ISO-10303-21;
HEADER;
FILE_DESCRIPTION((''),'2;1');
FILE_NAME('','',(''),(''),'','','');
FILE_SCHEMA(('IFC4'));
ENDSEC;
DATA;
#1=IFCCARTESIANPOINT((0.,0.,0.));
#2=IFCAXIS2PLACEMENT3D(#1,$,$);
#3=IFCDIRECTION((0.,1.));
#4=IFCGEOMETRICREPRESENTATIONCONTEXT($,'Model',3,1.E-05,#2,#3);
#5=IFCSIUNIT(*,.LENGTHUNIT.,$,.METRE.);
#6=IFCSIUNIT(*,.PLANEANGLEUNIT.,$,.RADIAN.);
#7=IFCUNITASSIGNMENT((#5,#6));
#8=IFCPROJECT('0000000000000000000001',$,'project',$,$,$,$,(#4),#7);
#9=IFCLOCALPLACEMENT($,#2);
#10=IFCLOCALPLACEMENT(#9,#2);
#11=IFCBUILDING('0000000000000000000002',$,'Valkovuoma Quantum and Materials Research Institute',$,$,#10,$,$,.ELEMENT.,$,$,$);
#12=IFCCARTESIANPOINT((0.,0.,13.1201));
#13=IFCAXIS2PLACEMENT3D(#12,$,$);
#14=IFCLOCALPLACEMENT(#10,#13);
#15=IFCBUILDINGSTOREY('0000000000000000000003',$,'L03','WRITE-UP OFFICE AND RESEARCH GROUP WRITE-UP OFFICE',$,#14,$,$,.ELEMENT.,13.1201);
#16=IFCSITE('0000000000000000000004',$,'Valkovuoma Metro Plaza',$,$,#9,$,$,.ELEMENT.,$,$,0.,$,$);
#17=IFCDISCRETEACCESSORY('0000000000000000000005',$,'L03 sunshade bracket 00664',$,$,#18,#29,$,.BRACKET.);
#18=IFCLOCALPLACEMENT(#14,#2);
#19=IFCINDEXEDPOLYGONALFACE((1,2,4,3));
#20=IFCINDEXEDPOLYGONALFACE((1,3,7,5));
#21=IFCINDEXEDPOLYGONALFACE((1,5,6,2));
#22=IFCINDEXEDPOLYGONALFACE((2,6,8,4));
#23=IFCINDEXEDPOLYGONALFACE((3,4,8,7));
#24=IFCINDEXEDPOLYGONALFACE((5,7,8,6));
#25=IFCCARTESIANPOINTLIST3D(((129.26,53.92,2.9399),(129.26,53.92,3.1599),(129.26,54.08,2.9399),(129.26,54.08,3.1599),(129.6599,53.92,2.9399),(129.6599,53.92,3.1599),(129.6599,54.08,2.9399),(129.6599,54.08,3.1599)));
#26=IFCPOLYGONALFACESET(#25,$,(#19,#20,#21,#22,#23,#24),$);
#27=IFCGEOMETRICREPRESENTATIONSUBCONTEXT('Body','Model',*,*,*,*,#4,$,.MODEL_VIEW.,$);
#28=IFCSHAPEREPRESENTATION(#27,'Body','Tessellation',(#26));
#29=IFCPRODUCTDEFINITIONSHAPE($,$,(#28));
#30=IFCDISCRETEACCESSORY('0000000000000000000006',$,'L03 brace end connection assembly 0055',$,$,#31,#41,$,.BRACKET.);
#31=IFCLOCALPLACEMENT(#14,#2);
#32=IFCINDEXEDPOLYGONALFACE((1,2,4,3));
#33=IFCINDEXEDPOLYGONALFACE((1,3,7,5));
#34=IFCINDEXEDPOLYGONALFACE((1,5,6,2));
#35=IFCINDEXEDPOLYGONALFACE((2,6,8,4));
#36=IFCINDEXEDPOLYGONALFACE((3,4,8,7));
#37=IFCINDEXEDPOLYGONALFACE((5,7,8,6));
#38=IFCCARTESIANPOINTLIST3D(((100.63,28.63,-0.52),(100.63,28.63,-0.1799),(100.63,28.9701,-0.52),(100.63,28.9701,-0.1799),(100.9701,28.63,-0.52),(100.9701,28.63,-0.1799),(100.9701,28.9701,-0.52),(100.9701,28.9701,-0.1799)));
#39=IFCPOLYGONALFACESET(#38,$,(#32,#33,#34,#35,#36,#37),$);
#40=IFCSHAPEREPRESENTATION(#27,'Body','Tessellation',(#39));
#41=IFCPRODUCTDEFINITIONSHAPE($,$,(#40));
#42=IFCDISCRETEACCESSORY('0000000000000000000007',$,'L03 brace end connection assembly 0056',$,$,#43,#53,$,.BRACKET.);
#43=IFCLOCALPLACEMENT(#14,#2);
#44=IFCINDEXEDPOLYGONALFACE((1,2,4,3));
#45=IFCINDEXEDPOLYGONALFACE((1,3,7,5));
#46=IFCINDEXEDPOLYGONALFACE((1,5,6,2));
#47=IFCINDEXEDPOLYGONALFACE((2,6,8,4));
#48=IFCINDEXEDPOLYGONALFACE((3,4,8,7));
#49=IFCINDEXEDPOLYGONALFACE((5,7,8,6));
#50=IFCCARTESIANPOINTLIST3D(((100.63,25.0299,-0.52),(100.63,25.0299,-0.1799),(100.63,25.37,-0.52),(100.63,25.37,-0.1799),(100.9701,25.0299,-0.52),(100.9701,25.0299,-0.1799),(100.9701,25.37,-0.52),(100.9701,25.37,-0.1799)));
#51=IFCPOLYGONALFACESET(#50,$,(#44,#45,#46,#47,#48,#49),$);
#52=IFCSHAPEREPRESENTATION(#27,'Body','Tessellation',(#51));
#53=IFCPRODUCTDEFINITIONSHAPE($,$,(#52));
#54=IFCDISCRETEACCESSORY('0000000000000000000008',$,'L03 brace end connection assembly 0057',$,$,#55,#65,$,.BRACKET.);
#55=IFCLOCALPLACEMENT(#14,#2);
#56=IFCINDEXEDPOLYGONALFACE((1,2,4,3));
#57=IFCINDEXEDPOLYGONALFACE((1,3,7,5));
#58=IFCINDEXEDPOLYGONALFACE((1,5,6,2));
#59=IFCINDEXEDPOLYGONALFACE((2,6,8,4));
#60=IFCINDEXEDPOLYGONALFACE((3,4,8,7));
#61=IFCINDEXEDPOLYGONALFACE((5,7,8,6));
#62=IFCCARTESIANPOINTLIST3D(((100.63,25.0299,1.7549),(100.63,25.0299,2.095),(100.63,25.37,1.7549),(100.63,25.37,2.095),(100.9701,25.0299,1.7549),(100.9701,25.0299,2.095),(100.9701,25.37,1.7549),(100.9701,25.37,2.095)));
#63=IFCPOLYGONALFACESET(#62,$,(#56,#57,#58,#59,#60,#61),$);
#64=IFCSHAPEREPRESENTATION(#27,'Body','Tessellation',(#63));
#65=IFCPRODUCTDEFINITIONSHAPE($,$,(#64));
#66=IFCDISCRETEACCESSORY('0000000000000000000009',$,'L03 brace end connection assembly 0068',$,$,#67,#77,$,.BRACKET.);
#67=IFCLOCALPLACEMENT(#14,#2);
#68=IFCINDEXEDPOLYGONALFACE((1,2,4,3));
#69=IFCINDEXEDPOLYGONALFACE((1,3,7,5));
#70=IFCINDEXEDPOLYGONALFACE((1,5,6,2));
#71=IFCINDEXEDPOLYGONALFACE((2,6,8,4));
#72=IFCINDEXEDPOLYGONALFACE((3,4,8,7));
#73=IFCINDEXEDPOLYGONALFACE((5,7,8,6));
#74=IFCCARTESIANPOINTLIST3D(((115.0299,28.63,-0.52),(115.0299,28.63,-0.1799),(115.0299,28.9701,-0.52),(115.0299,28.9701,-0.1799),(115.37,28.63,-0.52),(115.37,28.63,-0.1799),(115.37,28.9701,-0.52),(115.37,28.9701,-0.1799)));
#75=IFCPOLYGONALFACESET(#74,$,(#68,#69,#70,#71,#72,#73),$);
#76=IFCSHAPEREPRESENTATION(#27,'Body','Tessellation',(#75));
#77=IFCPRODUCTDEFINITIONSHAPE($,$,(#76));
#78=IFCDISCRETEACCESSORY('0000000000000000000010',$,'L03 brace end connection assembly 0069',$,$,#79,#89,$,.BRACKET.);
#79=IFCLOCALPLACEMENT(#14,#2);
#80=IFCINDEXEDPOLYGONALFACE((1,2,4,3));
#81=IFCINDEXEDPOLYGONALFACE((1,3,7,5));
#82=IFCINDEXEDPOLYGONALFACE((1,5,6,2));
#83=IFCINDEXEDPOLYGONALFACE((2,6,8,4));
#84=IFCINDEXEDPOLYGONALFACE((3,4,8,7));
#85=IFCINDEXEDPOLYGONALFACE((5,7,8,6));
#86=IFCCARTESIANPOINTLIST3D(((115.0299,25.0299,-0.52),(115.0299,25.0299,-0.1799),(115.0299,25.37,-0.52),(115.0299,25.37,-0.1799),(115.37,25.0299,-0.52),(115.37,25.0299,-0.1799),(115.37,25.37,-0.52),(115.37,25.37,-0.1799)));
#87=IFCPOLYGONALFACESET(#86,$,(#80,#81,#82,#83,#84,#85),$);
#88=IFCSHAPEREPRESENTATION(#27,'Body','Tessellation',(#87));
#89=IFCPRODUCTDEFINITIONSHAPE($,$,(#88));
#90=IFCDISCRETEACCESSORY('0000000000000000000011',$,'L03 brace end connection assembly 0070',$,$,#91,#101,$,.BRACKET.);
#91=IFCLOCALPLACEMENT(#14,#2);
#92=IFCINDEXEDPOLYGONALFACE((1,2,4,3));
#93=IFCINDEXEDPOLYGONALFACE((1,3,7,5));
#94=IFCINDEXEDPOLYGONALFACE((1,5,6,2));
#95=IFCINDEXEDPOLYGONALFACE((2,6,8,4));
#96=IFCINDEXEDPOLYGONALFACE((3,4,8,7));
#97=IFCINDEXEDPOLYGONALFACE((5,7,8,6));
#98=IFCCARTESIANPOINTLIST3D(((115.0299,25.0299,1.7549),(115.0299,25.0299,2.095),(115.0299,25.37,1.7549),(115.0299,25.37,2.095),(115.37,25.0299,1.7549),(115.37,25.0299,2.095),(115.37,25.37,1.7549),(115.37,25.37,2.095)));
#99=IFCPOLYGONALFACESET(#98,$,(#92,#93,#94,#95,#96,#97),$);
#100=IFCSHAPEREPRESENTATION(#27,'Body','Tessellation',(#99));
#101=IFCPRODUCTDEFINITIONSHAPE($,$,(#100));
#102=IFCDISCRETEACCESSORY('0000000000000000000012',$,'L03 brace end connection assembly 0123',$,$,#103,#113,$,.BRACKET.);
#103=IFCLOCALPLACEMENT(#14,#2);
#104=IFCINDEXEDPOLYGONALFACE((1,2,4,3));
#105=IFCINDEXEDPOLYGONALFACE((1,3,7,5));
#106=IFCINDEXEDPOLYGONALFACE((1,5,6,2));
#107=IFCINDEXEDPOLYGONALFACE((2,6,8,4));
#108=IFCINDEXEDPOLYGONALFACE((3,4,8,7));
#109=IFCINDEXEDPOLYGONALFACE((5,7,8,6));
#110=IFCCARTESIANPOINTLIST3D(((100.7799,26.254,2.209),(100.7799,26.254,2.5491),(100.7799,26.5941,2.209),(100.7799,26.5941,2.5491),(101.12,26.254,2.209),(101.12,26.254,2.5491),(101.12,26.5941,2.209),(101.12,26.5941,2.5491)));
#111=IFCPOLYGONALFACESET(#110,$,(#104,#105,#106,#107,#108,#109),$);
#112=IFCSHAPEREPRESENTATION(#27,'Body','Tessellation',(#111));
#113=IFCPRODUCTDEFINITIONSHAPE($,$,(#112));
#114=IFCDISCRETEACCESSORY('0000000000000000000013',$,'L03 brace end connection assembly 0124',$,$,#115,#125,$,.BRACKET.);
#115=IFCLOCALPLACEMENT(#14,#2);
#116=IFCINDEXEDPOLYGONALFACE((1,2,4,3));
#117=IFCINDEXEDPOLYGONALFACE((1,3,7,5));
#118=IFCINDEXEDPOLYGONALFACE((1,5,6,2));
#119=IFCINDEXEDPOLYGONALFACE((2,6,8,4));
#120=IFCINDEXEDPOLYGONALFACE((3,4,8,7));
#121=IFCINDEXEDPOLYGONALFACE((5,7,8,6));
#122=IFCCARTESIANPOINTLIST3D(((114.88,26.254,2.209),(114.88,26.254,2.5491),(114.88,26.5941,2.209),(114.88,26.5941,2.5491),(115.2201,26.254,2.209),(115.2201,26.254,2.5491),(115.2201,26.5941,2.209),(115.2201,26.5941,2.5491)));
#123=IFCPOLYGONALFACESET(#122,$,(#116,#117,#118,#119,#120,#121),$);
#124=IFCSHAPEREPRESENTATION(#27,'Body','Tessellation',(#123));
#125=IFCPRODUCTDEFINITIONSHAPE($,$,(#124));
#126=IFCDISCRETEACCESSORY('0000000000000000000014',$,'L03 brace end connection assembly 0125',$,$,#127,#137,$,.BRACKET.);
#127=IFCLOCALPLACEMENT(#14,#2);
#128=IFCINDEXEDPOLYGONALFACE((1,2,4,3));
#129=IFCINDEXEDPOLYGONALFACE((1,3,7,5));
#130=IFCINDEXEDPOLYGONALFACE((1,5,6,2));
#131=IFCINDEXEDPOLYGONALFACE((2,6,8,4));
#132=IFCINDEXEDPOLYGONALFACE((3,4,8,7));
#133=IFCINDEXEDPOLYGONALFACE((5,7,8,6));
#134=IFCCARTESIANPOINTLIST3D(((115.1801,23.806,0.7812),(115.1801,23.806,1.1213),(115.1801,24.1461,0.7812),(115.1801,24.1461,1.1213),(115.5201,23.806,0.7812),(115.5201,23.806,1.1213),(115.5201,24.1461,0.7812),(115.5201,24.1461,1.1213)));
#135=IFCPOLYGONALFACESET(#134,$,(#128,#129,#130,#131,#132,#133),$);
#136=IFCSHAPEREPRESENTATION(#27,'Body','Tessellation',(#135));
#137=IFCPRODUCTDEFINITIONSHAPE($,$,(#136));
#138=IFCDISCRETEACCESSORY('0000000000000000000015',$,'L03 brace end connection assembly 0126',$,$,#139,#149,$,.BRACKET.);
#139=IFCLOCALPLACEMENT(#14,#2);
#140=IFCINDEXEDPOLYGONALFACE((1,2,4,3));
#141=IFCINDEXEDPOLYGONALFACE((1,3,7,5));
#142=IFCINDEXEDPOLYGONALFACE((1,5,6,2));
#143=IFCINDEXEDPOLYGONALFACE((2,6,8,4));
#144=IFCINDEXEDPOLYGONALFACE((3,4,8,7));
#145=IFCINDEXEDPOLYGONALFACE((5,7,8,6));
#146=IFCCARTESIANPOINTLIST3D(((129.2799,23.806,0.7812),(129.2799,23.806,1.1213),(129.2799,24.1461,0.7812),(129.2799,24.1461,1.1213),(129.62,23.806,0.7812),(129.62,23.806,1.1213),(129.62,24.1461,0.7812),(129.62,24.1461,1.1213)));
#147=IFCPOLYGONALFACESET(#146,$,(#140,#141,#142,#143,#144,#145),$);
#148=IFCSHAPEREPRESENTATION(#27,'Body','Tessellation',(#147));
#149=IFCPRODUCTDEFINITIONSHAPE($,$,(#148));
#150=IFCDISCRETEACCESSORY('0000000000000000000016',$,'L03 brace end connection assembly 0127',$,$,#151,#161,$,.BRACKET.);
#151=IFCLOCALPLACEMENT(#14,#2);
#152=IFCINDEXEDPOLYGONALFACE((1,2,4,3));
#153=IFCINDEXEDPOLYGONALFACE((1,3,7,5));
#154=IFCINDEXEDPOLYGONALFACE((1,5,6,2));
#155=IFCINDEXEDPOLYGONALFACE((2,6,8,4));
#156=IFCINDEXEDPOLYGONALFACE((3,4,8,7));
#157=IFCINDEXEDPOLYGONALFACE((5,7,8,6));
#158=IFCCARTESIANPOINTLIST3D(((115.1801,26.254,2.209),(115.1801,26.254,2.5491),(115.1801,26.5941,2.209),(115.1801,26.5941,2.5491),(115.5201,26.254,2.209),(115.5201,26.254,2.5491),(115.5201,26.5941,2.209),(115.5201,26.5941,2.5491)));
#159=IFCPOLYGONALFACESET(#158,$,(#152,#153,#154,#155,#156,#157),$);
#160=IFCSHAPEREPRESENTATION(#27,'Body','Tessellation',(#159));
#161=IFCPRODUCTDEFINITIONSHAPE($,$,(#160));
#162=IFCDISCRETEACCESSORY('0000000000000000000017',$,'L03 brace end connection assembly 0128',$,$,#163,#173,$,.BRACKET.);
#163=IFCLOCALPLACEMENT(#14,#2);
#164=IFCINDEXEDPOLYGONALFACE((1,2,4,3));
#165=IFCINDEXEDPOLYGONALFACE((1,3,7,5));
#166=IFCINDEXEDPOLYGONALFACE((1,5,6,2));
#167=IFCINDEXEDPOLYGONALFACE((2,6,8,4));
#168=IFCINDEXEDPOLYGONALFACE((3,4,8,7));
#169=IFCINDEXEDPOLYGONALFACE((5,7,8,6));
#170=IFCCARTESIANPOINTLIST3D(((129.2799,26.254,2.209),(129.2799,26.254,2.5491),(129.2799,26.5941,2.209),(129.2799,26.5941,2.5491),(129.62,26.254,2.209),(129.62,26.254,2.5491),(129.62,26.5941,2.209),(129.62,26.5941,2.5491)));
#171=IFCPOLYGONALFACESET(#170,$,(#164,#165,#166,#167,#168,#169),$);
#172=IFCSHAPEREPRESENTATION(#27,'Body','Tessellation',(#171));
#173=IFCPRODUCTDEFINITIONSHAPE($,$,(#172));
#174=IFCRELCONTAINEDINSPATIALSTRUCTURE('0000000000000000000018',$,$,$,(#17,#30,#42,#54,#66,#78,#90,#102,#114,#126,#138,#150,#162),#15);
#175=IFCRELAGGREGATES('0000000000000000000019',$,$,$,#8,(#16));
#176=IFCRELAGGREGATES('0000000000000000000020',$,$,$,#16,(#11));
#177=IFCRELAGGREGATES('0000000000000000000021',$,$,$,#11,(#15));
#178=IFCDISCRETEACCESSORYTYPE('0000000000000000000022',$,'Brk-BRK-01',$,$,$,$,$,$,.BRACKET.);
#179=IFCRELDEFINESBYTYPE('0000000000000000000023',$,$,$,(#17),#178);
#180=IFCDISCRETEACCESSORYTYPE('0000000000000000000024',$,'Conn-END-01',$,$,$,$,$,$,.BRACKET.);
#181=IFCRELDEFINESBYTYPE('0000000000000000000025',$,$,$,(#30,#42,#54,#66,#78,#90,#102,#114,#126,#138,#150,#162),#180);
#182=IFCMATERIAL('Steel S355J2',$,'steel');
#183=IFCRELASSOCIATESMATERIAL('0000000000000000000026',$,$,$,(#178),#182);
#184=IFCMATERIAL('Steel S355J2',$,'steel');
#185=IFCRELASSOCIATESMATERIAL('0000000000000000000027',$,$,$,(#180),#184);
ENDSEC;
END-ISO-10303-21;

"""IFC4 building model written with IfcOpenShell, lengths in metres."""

from ifc_helpers import new_model, si_unit, direction, frame, origin, origin_2d, place, context, subcontext, project, spatial, rectangle, extrude, material, type_object, element, save


model = new_model("IFC4")

# Units and contexts
model_context = context("Model", 3, precision=1e-05, world=origin(), true_north=direction((0.0, 1.0)))
body_context = subcontext(model_context, "Body", "Model", "MODEL_VIEW")
ifc_project = project(units=[si_unit("LENGTHUNIT", "METRE"), si_unit("PLANEANGLEUNIT", "RADIAN")], contexts=[model_context])

# Site, building, storey
site_placement = place(None, origin())
site = spatial("IfcSite", under=ifc_project, at=site_placement, Name="Valkovuoma Metro Plaza", CompositionType="ELEMENT", RefElevation=0.0)
building_placement = place(site_placement, origin())
building = spatial("IfcBuilding", under=site, at=building_placement, Name="Valkovuoma Quantum and Materials Research Institute", CompositionType="ELEMENT")
storey_placement = place(building_placement, frame((0.0, 0.0, 13.1201)))
storey = spatial("IfcBuildingStorey", under=building, at=storey_placement, Name="L03", Description="WRITE-UP OFFICE AND RESEARCH GROUP WRITE-UP OFFICE", CompositionType="ELEMENT", Elevation=13.1201)

# Discrete accessories
ifc_material_1 = material(Name="Steel S355J2", Category="steel")
discrete_accessory_type_1 = type_object("IfcDiscreteAccessoryType", Name="Brk-BRK-01", PredefinedType="BRACKET", material=ifc_material_1)
for number, where, z_axis, x_axis, name in (
    (1, (129.46, 54.0, 2.9399), (0.0, 0.0, 1.0), (1.0, 0.0, 0.0), "L03 sunshade bracket 00664"),
):
    element("IfcDiscreteAccessory", number, at=place(storey_placement, frame(where, z_axis=z_axis, x_axis=x_axis)), inside=storey, type_object=discrete_accessory_type_1, Name=name, PredefinedType="BRACKET", context=body_context, shape_type="SweptSolid", body=[
        extrude(rectangle(XDim=0.3999, YDim=0.1599, at=origin_2d()), origin(), (0.0, 0.0, 1.0), 0.22),
    ])
ifc_material_2 = material(Name="Steel S355J2", Category="steel")
discrete_accessory_type_2 = type_object("IfcDiscreteAccessoryType", Name="Conn-END-01", PredefinedType="BRACKET", material=ifc_material_2)
for number, where, z_axis, x_axis, name in (
    (2, (100.8, 28.8, -0.52), (0.0, 0.0, 1.0), (1.0, 0.0, 0.0), "L03 brace end connection assembly 0055"),
    (3, (100.8, 25.2, -0.52), (0.0, 0.0, 1.0), (1.0, 0.0, 0.0), "L03 brace end connection assembly 0056"),
    (4, (100.8, 25.2, 1.7549), (0.0, 0.0, 1.0), (1.0, 0.0, 0.0), "L03 brace end connection assembly 0057"),
    (5, (115.2, 28.8, -0.52), (0.0, 0.0, 1.0), (1.0, 0.0, 0.0), "L03 brace end connection assembly 0068"),
    (6, (115.2, 25.2, -0.52), (0.0, 0.0, 1.0), (1.0, 0.0, 0.0), "L03 brace end connection assembly 0069"),
    (7, (115.2, 25.2, 1.7549), (0.0, 0.0, 1.0), (1.0, 0.0, 0.0), "L03 brace end connection assembly 0070"),
    (8, (100.95, 26.4241, 2.209), (0.0, 0.0, 1.0), (1.0, 0.0, 0.0), "L03 brace end connection assembly 0123"),
    (9, (115.05, 26.4241, 2.209), (0.0, 0.0, 1.0), (1.0, 0.0, 0.0), "L03 brace end connection assembly 0124"),
    (10, (115.3501, 23.9761, 0.7812), (0.0, 0.0, 1.0), (1.0, 0.0, 0.0), "L03 brace end connection assembly 0125"),
    (11, (129.45, 23.9761, 0.7812), (0.0, 0.0, 1.0), (1.0, 0.0, 0.0), "L03 brace end connection assembly 0126"),
    (12, (115.3501, 26.4241, 2.209), (0.0, 0.0, 1.0), (1.0, 0.0, 0.0), "L03 brace end connection assembly 0127"),
    (13, (129.45, 26.4241, 2.209), (0.0, 0.0, 1.0), (1.0, 0.0, 0.0), "L03 brace end connection assembly 0128"),
):
    element("IfcDiscreteAccessory", number, at=place(storey_placement, frame(where, z_axis=z_axis, x_axis=x_axis)), inside=storey, type_object=discrete_accessory_type_2, Name=name, PredefinedType="BRACKET", context=body_context, shape_type="SweptSolid", body=[
        extrude(rectangle(XDim=0.3401, YDim=0.3401, at=origin_2d()), origin(), (0.0, 0.0, 1.0), 0.3401),
    ])

save(model, "model.ifc")
